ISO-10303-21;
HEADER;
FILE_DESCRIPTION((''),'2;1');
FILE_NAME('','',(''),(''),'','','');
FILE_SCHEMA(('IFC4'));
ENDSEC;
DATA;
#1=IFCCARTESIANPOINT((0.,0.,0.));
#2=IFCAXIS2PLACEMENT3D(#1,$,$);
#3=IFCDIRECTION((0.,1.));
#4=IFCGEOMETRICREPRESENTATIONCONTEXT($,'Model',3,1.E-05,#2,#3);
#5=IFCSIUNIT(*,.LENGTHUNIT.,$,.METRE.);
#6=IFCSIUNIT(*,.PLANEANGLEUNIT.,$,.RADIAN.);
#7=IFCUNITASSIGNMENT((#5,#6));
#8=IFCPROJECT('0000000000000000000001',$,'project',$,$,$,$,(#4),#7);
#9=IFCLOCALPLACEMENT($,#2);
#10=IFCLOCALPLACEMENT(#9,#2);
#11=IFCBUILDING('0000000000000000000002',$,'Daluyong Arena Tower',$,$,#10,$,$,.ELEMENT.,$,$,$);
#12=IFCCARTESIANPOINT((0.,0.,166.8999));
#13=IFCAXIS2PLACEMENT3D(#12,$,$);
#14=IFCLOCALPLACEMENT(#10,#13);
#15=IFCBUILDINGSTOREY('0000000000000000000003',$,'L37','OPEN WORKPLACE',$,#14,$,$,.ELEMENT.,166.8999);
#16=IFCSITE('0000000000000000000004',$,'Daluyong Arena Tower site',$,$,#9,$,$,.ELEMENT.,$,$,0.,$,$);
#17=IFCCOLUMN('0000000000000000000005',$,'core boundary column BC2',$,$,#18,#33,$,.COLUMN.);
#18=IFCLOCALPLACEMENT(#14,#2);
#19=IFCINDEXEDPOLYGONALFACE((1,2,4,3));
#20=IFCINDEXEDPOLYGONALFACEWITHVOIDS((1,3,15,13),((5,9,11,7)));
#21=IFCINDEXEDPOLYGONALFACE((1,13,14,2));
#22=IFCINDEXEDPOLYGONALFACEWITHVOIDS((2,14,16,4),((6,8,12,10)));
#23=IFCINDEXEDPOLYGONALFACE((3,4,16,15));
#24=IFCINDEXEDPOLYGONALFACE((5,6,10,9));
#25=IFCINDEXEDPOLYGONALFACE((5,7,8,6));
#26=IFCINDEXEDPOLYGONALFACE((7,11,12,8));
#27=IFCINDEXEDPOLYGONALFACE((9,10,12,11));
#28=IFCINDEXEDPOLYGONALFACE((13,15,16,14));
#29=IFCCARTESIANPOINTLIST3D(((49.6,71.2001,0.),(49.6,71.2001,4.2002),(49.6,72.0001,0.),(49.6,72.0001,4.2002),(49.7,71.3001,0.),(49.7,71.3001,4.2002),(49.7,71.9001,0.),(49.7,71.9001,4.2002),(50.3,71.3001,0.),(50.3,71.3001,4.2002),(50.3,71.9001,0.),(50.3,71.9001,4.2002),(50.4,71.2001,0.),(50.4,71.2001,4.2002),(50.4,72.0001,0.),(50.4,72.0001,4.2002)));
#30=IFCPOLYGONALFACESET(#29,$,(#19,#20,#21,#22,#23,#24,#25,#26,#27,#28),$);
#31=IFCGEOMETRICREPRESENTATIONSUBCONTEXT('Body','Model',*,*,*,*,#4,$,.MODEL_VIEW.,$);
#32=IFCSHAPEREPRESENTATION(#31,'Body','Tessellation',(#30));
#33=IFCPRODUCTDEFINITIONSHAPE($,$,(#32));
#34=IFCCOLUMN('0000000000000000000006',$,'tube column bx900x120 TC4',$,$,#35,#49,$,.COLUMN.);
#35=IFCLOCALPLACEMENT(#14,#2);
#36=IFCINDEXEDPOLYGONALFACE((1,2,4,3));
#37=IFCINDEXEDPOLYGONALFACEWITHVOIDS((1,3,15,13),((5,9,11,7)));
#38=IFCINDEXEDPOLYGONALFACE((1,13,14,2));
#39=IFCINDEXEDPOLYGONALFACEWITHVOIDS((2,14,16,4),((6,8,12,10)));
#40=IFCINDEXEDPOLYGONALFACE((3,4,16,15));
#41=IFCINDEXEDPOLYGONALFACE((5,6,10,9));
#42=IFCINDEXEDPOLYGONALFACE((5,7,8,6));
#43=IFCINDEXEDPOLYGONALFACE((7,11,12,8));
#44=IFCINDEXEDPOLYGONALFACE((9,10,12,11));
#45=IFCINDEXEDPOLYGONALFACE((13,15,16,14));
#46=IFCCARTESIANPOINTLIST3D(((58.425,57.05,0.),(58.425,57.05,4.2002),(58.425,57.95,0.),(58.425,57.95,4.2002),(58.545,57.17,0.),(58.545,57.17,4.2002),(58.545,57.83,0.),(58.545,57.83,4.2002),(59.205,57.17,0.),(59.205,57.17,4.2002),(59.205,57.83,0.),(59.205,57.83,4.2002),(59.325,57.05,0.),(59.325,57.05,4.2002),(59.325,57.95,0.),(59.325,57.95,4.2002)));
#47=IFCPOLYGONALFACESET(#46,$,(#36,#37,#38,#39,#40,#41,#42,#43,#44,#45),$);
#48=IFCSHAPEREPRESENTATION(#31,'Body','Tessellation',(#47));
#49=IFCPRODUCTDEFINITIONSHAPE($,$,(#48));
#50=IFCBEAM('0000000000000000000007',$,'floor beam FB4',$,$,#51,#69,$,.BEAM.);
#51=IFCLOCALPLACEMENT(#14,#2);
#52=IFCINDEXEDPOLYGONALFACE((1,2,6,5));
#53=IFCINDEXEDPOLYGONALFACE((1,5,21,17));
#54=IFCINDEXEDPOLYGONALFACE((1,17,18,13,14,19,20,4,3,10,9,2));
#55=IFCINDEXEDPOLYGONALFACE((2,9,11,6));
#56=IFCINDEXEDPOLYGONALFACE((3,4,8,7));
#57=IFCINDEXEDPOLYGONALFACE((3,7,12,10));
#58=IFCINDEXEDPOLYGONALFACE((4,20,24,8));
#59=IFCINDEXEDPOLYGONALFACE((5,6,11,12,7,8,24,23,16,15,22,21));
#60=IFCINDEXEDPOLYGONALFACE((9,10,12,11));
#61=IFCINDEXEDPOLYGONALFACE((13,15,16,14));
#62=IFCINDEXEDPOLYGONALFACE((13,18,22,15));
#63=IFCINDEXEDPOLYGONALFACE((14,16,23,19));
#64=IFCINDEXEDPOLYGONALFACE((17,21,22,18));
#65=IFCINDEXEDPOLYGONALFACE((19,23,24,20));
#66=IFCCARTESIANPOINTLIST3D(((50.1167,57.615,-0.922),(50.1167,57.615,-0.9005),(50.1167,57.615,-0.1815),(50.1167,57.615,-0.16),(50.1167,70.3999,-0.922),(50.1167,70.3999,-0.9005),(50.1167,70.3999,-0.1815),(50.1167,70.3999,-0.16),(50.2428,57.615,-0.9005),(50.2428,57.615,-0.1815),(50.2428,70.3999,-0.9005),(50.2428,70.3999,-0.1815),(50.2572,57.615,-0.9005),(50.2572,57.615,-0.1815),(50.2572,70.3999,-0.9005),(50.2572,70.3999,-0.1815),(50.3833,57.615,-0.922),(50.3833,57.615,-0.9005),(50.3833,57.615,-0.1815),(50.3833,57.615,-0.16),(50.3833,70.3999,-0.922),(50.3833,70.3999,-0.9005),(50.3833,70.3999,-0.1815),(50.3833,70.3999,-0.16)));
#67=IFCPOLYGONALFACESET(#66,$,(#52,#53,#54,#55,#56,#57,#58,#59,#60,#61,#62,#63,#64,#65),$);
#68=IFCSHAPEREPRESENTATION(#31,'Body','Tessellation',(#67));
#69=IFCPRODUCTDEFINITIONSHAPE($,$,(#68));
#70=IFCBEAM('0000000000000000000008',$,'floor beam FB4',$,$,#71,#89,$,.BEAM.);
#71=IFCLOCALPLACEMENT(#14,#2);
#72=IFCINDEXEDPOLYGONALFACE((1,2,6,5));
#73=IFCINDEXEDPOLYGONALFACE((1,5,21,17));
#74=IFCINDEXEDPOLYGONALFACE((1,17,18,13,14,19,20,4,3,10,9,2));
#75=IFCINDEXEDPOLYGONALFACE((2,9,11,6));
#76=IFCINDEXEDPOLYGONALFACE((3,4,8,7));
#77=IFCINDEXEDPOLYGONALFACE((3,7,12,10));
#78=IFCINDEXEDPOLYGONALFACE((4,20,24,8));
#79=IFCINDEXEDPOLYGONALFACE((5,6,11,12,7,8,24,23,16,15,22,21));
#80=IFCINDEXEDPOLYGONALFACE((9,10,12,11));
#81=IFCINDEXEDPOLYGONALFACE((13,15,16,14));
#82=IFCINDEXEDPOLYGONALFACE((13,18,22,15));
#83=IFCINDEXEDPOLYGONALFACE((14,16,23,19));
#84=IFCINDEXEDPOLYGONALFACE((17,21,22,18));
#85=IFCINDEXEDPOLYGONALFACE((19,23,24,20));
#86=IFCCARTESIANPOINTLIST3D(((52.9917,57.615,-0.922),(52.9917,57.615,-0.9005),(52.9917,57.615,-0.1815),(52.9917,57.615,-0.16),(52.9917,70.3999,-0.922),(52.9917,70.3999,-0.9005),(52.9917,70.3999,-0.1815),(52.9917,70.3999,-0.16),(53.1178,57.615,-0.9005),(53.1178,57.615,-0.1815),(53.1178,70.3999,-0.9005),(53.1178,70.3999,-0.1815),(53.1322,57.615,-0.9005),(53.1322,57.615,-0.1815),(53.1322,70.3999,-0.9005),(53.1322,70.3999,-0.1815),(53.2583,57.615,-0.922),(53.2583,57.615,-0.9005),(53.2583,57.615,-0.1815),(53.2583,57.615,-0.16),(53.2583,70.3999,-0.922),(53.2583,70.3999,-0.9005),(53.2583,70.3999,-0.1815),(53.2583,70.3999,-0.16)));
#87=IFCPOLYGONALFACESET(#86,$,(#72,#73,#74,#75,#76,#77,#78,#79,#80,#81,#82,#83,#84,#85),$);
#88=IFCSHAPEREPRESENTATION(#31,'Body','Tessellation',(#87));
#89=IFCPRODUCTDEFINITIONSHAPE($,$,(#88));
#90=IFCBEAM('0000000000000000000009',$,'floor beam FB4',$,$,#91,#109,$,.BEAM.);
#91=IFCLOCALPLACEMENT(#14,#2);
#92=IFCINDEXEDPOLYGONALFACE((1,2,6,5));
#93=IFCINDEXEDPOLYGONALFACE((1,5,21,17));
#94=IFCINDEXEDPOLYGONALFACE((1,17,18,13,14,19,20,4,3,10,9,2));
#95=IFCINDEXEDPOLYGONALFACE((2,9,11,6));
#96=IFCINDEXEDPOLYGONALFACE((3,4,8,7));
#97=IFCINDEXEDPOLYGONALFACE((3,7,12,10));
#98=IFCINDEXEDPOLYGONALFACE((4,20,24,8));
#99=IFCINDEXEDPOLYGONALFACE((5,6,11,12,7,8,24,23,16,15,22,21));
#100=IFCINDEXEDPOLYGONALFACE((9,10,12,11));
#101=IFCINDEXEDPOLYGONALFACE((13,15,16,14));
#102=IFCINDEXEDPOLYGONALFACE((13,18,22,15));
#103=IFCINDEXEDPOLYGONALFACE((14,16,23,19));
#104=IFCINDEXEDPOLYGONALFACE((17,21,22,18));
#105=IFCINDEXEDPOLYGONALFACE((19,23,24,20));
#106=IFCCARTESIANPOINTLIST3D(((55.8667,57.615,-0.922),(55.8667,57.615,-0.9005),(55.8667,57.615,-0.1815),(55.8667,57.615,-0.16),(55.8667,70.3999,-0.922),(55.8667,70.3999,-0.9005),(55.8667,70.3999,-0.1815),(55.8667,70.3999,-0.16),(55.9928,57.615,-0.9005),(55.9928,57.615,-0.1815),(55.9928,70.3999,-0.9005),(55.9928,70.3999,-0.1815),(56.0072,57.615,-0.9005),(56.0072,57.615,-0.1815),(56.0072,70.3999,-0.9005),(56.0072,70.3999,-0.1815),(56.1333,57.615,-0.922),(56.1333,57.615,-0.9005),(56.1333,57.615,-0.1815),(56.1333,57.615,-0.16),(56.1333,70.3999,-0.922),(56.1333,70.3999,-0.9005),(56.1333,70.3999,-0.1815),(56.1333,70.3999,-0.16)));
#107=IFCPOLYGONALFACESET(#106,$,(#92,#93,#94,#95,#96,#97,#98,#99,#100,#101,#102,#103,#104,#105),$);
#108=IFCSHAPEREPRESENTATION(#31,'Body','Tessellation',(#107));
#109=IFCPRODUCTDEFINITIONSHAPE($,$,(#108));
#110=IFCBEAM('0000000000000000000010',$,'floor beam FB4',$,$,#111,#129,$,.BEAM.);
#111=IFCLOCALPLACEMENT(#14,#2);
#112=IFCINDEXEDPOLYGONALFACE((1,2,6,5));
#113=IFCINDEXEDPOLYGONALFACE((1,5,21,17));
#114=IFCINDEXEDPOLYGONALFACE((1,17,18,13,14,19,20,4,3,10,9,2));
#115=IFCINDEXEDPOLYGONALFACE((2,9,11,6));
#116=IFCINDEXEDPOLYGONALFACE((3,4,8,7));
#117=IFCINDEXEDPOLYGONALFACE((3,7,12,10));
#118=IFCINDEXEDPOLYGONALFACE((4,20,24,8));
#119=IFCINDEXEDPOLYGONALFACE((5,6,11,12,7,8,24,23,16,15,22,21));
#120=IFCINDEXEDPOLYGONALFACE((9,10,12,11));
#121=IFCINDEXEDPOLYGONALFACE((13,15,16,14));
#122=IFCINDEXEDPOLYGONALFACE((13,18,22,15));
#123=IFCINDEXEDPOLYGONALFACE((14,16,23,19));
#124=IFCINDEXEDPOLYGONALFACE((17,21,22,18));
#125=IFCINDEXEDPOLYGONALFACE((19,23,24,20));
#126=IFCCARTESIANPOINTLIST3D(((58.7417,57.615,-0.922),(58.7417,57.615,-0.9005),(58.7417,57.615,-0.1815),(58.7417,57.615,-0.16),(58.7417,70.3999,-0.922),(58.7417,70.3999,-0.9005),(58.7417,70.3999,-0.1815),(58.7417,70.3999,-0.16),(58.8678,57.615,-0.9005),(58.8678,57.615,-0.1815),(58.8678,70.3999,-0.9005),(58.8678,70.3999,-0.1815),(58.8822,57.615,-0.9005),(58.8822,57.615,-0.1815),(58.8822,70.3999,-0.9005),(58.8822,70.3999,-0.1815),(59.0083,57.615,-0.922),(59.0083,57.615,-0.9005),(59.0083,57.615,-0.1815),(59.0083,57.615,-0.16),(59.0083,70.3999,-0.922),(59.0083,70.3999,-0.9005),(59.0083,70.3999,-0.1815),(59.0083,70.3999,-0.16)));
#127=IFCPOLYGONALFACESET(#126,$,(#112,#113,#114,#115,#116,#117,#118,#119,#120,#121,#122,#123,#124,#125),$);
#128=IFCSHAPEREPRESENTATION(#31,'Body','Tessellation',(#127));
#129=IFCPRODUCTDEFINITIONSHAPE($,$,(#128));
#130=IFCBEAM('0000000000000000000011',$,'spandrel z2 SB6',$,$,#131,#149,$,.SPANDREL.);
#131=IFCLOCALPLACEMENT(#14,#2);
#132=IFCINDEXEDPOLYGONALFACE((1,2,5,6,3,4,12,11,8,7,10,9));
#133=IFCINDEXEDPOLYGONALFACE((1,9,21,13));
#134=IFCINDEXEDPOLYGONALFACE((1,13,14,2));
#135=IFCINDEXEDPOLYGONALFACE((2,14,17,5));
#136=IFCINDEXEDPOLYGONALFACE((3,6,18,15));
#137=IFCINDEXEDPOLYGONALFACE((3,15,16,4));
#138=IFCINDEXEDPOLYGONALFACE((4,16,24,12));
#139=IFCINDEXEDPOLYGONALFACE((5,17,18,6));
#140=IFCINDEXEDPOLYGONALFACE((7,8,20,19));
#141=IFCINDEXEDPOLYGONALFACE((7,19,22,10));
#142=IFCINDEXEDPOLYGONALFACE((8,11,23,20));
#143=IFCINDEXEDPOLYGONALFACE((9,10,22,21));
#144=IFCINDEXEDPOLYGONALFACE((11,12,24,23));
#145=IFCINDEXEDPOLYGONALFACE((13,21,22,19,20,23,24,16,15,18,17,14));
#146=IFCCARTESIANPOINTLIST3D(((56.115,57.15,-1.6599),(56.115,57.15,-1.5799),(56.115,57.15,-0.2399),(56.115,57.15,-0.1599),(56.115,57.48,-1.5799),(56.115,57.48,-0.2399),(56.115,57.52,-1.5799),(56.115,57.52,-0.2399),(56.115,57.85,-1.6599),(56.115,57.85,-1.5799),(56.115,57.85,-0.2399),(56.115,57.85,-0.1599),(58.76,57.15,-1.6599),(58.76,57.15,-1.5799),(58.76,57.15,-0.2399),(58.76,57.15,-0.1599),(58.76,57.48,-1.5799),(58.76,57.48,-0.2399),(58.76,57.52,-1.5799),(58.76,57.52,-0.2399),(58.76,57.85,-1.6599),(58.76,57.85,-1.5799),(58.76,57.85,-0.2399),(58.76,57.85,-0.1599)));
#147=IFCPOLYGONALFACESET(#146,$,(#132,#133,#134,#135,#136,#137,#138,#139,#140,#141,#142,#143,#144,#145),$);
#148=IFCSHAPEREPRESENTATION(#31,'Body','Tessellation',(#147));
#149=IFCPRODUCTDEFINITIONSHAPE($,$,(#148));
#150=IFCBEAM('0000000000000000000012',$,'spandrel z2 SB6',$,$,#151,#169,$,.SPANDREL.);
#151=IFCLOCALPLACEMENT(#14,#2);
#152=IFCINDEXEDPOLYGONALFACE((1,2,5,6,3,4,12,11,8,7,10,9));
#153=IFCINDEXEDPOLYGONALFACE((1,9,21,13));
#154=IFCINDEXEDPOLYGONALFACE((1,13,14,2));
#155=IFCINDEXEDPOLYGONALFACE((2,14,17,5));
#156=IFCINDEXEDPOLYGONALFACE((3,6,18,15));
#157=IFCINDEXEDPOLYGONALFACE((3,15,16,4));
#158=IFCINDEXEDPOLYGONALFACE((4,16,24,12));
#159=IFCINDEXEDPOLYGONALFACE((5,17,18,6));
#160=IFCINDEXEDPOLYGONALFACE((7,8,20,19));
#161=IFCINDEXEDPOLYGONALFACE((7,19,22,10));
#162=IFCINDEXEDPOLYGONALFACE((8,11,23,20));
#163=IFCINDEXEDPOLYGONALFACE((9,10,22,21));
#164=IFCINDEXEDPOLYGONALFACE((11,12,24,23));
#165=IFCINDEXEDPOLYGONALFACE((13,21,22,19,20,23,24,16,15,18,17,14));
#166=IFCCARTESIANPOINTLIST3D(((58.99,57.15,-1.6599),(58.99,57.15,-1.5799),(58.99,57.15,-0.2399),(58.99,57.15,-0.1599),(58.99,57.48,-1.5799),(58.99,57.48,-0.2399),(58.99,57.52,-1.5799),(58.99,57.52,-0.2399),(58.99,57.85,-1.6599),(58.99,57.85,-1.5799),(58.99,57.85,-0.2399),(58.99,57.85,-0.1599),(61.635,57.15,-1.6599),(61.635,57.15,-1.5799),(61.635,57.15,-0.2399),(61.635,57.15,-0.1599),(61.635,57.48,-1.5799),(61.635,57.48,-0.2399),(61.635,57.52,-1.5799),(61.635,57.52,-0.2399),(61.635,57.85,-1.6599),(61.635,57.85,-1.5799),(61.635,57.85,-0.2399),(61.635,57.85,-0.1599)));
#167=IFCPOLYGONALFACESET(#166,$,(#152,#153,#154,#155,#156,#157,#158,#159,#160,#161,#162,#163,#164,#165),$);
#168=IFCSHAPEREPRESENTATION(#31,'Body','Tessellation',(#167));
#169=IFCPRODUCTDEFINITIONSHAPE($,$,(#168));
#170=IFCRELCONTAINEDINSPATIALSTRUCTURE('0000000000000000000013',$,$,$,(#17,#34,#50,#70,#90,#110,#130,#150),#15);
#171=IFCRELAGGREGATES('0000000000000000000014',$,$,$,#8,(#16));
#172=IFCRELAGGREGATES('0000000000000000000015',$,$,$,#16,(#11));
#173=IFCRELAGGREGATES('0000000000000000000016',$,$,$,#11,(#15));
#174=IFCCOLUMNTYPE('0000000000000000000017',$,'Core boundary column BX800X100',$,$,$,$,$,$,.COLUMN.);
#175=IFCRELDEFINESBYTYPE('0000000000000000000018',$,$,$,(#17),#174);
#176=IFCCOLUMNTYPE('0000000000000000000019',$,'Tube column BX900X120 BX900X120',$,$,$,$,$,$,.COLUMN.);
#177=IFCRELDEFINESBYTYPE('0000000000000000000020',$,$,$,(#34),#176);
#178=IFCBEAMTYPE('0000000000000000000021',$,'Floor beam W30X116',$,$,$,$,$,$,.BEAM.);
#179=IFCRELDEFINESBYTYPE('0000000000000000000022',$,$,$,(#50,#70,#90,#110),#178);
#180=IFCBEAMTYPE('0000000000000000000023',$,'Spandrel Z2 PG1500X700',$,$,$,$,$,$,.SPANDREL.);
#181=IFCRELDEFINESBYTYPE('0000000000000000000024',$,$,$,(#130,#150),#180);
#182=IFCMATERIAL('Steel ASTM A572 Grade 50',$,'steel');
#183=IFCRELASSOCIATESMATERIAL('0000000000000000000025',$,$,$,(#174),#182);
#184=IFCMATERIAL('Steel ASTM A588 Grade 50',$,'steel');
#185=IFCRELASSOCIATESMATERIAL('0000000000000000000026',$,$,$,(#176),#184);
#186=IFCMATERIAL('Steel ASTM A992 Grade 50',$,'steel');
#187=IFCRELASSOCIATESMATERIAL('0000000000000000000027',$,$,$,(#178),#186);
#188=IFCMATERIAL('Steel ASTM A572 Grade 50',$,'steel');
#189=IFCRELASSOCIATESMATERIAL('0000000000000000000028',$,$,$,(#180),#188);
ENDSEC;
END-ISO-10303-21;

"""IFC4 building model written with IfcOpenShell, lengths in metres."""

from ifc_helpers import new_model, si_unit, direction, frame, origin, origin_2d, place, context, subcontext, project, spatial, hollow_rectangle, i_section, extrude, material, material_profile, profile_set, type_object, element, save


model = new_model("IFC4")

# Units and contexts
model_context = context("Model", 3, precision=1e-05, world=origin(), true_north=direction((0.0, 1.0)))
body_context = subcontext(model_context, "Body", "Model", "MODEL_VIEW")
ifc_project = project(units=[si_unit("LENGTHUNIT", "METRE"), si_unit("PLANEANGLEUNIT", "RADIAN")], contexts=[model_context])

# Site, building, storey
site_placement = place(None, origin())
site = spatial("IfcSite", under=ifc_project, at=site_placement, Name="Daluyong Arena Tower site", CompositionType="ELEMENT", RefElevation=0.0)
building_placement = place(site_placement, origin())
building = spatial("IfcBuilding", under=site, at=building_placement, Name="Daluyong Arena Tower", CompositionType="ELEMENT")
storey_placement = place(building_placement, frame((0.0, 0.0, 166.8999)))
storey = spatial("IfcBuildingStorey", under=building, at=storey_placement, Name="L37", Description="OPEN WORKPLACE", CompositionType="ELEMENT", Elevation=166.8999)

# Columns
ifc_material_1 = material(Name="Steel ASTM A572 Grade 50", Category="steel")
ifc_material_profile_1 = material_profile(ifc_material_1, hollow_rectangle(XDim=0.8, YDim=0.8, WallThickness=0.1, at=origin_2d()))
ifc_profile_set_1 = profile_set([ifc_material_profile_1], Name="Steel ASTM A572 Grade 50")
column_type_1 = type_object("IfcColumnType", Name="Core boundary column BX800X100", PredefinedType="COLUMN", material=ifc_profile_set_1)
column_1_placement = place(storey_placement, frame((50.0, 71.6001, 0.0), z_axis=(0.0, 0.0, 1.0), x_axis=(1.0, 0.0, 0.0)))
element("IfcColumn", 1, at=column_1_placement, inside=storey, type_object=column_type_1, Name="core boundary column BC2", PredefinedType="COLUMN", context=body_context, shape_type="SweptSolid", body=[
    extrude(hollow_rectangle(XDim=0.8, YDim=0.8, WallThickness=0.1, at=origin_2d()), origin(), (0.0, 0.0, 1.0), 4.2002),
])
ifc_material_2 = material(Name="Steel ASTM A588 Grade 50", Category="steel")
ifc_material_profile_2 = material_profile(ifc_material_2, hollow_rectangle(XDim=0.8999, YDim=0.8999, WallThickness=0.12, at=origin_2d()))
ifc_profile_set_2 = profile_set([ifc_material_profile_2], Name="Steel ASTM A588 Grade 50")
column_type_2 = type_object("IfcColumnType", Name="Tube column BX900X120 BX900X120", PredefinedType="COLUMN", material=ifc_profile_set_2)
column_2_placement = place(storey_placement, frame((58.875, 57.5, 0.0), z_axis=(0.0, 0.0, 1.0), x_axis=(1.0, 0.0, 0.0)))
element("IfcColumn", 2, at=column_2_placement, inside=storey, type_object=column_type_2, Name="tube column bx900x120 TC4", PredefinedType="COLUMN", context=body_context, shape_type="SweptSolid", body=[
    extrude(hollow_rectangle(XDim=0.8999, YDim=0.8999, WallThickness=0.12, at=origin_2d()), origin(), (0.0, 0.0, 1.0), 4.2002),
])

# Beams
ifc_material_3 = material(Name="Steel ASTM A992 Grade 50", Category="steel")
ifc_material_profile_3 = material_profile(ifc_material_3, i_section(OverallWidth=0.2666, OverallDepth=0.762, WebThickness=0.0144, FlangeThickness=0.0215, at=origin_2d()))
ifc_profile_set_3 = profile_set([ifc_material_profile_3], Name="Steel ASTM A992 Grade 50")
beam_type_1 = type_object("IfcBeamType", Name="Floor beam W30X116", PredefinedType="BEAM", material=ifc_profile_set_3)
for number, where, z_axis, x_axis, name in (
    (3, (50.25, 57.615, -0.541), (0.0, 1.0, 0.0), (-1.0, 0.0, 0.0), "floor beam FB4"),
    (4, (53.125, 57.615, -0.541), (0.0, 1.0, 0.0), (-1.0, 0.0, 0.0), "floor beam FB4"),
    (5, (56.0, 57.615, -0.541), (0.0, 1.0, 0.0), (-1.0, 0.0, 0.0), "floor beam FB4"),
    (6, (58.875, 57.615, -0.541), (0.0, 1.0, 0.0), (-1.0, 0.0, 0.0), "floor beam FB4"),
):
    element("IfcBeam", number, at=place(storey_placement, frame(where, z_axis=z_axis, x_axis=x_axis)), inside=storey, type_object=beam_type_1, Name=name, PredefinedType="BEAM", context=body_context, shape_type="SweptSolid", body=[
        extrude(i_section(OverallWidth=0.2666, OverallDepth=0.762, WebThickness=0.0144, FlangeThickness=0.0215, at=origin_2d()), origin(), (0.0, 0.0, 1.0), 12.7849),
    ])
ifc_material_4 = material(Name="Steel ASTM A572 Grade 50", Category="steel")
ifc_material_profile_4 = material_profile(ifc_material_4, i_section(OverallWidth=0.7, OverallDepth=1.5, WebThickness=0.04, FlangeThickness=0.08, at=origin_2d()))
ifc_profile_set_4 = profile_set([ifc_material_profile_4], Name="Steel ASTM A572 Grade 50")
beam_type_2 = type_object("IfcBeamType", Name="Spandrel Z2 PG1500X700", PredefinedType="SPANDREL", material=ifc_profile_set_4)
for number, where, z_axis, x_axis, name in (
    (7, (56.115, 57.5, -0.9099), (1.0, 0.0, 0.0), (0.0, 1.0, 0.0), "spandrel z2 SB6"),
    (8, (58.99, 57.5, -0.9099), (1.0, 0.0, 0.0), (0.0, 1.0, 0.0), "spandrel z2 SB6"),
):
    element("IfcBeam", number, at=place(storey_placement, frame(where, z_axis=z_axis, x_axis=x_axis)), inside=storey, type_object=beam_type_2, Name=name, PredefinedType="SPANDREL", context=body_context, shape_type="SweptSolid", body=[
        extrude(i_section(OverallWidth=0.7, OverallDepth=1.5, WebThickness=0.04, FlangeThickness=0.08, at=origin_2d()), origin(), (0.0, 0.0, 1.0), 2.645),
    ])

save(model, "model.ifc")
